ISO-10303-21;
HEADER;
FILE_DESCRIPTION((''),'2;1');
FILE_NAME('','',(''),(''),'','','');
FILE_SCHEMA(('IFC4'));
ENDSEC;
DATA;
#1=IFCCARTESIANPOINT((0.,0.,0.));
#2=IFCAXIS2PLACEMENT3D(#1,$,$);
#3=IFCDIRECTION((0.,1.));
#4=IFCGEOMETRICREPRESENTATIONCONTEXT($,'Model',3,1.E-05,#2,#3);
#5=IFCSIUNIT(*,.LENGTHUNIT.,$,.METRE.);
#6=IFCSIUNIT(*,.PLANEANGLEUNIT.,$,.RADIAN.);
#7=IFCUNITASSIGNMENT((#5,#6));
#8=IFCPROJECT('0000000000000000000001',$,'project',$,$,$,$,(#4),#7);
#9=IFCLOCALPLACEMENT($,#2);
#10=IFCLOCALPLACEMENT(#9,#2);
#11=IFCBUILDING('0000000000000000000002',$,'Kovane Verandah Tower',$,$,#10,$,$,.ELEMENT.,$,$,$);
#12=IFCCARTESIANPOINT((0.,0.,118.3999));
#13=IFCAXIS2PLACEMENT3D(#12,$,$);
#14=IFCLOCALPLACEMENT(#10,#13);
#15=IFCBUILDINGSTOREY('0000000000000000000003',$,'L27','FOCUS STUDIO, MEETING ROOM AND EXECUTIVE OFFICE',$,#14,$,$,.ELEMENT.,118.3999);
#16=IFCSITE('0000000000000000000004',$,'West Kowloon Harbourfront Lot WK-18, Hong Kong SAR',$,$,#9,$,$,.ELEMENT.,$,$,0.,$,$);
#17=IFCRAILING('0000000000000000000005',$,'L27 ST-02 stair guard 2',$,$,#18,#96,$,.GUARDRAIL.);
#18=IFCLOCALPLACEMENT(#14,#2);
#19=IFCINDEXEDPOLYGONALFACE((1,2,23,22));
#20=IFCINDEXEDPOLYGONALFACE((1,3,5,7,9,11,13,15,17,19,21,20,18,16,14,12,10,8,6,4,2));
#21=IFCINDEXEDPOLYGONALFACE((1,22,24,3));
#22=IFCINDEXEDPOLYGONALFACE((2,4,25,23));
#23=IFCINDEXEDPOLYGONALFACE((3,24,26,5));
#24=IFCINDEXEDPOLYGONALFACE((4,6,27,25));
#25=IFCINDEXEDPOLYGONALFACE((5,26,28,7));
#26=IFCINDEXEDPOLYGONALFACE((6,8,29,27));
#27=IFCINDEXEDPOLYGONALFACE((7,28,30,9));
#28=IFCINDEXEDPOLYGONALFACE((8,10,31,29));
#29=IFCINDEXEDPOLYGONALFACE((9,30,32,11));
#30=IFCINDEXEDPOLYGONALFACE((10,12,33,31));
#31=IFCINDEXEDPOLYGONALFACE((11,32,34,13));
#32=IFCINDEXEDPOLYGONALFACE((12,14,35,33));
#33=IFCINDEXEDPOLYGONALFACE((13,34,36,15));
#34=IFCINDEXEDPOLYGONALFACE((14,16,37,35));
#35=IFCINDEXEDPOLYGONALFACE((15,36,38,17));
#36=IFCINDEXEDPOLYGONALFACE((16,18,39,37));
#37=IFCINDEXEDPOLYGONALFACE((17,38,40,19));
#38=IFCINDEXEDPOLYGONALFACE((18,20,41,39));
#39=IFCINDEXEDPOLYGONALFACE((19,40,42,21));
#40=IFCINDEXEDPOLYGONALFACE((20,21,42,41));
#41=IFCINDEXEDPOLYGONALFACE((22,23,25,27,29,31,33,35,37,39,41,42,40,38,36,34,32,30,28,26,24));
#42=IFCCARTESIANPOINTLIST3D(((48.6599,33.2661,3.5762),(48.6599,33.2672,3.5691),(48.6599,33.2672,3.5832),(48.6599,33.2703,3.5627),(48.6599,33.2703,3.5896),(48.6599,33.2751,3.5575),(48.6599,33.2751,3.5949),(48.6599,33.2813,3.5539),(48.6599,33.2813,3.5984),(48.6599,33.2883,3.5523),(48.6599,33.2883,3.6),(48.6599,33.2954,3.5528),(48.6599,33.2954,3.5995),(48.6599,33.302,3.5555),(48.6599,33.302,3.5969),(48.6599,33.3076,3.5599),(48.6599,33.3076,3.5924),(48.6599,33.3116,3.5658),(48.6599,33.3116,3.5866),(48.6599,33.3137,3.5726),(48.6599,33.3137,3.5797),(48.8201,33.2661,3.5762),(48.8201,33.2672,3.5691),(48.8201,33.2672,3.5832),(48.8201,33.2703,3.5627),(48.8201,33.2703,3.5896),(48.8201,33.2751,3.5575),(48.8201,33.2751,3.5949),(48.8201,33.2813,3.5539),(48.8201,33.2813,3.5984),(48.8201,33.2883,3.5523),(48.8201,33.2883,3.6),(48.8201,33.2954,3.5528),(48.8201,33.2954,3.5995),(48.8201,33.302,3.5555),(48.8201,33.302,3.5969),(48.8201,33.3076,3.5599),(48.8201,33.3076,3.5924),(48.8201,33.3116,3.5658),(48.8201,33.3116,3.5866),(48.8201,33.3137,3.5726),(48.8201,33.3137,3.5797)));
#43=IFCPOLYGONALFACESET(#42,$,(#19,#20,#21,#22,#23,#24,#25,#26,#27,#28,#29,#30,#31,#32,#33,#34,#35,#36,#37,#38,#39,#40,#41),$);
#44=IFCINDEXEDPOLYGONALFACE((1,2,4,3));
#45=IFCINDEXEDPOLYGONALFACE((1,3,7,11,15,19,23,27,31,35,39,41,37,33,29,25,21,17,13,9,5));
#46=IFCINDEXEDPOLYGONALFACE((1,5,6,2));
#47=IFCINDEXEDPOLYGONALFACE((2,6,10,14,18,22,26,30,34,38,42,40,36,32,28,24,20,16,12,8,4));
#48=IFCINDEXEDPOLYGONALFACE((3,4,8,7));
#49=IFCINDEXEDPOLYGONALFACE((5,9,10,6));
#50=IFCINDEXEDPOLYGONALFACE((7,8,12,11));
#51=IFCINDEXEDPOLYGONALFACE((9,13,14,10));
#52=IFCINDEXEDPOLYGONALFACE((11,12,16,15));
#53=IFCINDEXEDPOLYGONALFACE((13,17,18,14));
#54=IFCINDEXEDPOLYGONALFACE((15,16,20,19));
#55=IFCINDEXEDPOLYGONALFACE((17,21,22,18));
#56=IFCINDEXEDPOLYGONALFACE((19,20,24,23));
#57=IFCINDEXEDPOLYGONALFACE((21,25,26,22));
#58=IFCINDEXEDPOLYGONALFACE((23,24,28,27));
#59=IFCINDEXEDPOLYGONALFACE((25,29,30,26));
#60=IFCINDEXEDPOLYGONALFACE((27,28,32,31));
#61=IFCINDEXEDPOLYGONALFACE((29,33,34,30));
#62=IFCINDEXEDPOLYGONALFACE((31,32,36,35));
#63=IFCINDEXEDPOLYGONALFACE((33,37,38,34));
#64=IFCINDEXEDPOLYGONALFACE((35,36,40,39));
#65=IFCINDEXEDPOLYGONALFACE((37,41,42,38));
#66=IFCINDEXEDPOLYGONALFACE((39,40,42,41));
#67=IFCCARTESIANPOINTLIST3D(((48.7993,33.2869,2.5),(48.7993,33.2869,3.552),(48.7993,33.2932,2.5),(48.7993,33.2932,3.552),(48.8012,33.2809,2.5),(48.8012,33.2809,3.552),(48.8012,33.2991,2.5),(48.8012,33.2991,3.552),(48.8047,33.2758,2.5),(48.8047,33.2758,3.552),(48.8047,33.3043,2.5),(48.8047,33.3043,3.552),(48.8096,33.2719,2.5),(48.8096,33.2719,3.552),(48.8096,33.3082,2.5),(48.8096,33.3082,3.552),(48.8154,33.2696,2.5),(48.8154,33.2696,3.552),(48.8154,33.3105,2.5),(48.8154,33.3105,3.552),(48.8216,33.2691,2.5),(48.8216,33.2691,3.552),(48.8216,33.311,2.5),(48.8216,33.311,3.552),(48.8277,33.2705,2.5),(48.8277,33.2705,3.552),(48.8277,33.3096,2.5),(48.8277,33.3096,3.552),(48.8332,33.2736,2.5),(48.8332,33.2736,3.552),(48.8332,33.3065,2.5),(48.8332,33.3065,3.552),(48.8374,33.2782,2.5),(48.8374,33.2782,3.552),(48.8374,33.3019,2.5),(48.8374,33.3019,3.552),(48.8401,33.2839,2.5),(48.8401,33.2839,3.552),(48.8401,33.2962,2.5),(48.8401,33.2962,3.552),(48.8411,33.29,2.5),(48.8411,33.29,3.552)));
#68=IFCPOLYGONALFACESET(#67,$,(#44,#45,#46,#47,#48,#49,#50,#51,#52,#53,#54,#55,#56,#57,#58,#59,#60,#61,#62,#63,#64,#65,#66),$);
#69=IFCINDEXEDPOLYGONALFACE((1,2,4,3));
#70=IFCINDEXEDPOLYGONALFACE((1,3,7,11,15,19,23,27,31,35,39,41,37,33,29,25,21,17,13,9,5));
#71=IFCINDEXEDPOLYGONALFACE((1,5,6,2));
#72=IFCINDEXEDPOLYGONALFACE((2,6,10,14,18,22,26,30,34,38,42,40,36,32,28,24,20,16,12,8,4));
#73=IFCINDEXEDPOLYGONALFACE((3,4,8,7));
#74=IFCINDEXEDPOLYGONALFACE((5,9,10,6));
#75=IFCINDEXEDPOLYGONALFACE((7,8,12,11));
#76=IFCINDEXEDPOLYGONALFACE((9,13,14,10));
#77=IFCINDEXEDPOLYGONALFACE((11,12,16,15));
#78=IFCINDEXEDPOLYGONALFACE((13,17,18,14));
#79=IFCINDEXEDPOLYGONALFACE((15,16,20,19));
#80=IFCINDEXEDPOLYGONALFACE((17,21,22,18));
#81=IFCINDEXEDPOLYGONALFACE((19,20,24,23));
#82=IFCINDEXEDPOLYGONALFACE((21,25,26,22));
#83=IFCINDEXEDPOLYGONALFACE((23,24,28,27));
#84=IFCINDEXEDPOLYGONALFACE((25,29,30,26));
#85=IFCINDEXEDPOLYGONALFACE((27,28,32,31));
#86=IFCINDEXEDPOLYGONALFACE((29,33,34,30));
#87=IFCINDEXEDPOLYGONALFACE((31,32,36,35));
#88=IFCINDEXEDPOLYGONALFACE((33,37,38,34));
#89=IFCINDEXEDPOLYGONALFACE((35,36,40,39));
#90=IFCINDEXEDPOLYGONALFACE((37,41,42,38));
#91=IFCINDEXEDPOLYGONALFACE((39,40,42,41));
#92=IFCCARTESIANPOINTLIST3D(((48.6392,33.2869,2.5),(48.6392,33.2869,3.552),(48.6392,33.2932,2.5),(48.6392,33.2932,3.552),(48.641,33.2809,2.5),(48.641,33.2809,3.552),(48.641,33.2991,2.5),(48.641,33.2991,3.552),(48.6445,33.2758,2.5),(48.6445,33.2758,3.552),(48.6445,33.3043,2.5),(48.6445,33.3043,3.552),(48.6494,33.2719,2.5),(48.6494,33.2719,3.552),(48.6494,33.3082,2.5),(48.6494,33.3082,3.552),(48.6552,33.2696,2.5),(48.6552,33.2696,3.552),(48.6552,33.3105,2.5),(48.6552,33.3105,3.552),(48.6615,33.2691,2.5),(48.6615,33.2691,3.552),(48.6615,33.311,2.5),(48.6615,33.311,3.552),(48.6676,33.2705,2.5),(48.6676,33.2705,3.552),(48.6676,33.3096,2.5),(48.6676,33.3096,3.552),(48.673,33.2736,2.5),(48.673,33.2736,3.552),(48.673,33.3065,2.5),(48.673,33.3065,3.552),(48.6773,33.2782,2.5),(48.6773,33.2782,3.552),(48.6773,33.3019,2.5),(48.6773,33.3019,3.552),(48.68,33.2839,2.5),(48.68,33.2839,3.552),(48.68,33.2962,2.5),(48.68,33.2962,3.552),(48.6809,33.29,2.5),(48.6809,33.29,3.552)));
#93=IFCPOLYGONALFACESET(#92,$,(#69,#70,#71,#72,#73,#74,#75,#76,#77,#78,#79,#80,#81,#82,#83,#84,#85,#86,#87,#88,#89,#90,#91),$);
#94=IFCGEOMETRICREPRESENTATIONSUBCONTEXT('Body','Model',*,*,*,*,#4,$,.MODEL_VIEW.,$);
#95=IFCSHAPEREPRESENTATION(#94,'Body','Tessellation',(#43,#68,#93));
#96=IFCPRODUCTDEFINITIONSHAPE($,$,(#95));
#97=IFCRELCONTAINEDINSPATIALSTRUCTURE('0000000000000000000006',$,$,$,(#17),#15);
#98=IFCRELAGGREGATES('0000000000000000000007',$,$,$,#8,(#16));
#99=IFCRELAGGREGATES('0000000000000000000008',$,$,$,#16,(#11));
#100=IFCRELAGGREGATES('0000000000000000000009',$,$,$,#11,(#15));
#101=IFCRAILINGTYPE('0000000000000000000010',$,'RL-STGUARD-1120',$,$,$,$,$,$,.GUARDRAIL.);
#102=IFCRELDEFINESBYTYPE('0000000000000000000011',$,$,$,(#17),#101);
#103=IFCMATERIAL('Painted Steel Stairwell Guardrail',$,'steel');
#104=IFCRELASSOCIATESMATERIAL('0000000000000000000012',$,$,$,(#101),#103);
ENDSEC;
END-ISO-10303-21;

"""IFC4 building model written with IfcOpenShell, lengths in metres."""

from ifc_helpers import new_model, si_unit, direction, frame, origin, origin_2d, place, context, subcontext, project, spatial, circle, extrude, material, type_object, element, save


model = new_model("IFC4")

# Units and contexts
model_context = context("Model", 3, precision=1e-05, world=origin(), true_north=direction((0.0, 1.0)))
body_context = subcontext(model_context, "Body", "Model", "MODEL_VIEW")
ifc_project = project(units=[si_unit("LENGTHUNIT", "METRE"), si_unit("PLANEANGLEUNIT", "RADIAN")], contexts=[model_context])

# Site, building, storey
site_placement = place(None, origin())
site = spatial("IfcSite", under=ifc_project, at=site_placement, Name="West Kowloon Harbourfront Lot WK-18, Hong Kong SAR", CompositionType="ELEMENT", RefElevation=0.0)
building_placement = place(site_placement, origin())
building = spatial("IfcBuilding", under=site, at=building_placement, Name="Kovane Verandah Tower", CompositionType="ELEMENT")
storey_placement = place(building_placement, frame((0.0, 0.0, 118.3999)))
storey = spatial("IfcBuildingStorey", under=building, at=storey_placement, Name="L27", Description="FOCUS STUDIO, MEETING ROOM AND EXECUTIVE OFFICE", CompositionType="ELEMENT", Elevation=118.3999)

# Railing
ifc_material_1 = material(Name="Painted Steel Stairwell Guardrail", Category="steel")
railing_type_1 = type_object("IfcRailingType", Name="RL-STGUARD-1120", PredefinedType="GUARDRAIL", material=ifc_material_1)
railing_1_placement = place(storey_placement, frame((48.8201, 33.29, 2.5)))
element("IfcRailing", 1, at=railing_1_placement, inside=storey, type_object=railing_type_1, Name="L27 ST-02 stair guard 2", PredefinedType="GUARDRAIL", context=body_context, shape_type="SweptSolid", body=[
    extrude(circle(Radius=0.0239, at=origin_2d()), frame((0.0, 0.0, 1.0762), z_axis=(-1.0, 0.0, 0.0), x_axis=(0.0, -1.0, 0.0)), (0.0, 0.0, 1.0), 0.1602),
    extrude(circle(Radius=0.021, at=origin_2d()), origin(), (0.0, 0.0, 1.0), 1.052),
    extrude(circle(Radius=0.021, at=origin_2d()), frame((-0.1602, 0.0, 0.0)), (0.0, 0.0, 1.0), 1.052),
])

save(model, "model.ifc")
